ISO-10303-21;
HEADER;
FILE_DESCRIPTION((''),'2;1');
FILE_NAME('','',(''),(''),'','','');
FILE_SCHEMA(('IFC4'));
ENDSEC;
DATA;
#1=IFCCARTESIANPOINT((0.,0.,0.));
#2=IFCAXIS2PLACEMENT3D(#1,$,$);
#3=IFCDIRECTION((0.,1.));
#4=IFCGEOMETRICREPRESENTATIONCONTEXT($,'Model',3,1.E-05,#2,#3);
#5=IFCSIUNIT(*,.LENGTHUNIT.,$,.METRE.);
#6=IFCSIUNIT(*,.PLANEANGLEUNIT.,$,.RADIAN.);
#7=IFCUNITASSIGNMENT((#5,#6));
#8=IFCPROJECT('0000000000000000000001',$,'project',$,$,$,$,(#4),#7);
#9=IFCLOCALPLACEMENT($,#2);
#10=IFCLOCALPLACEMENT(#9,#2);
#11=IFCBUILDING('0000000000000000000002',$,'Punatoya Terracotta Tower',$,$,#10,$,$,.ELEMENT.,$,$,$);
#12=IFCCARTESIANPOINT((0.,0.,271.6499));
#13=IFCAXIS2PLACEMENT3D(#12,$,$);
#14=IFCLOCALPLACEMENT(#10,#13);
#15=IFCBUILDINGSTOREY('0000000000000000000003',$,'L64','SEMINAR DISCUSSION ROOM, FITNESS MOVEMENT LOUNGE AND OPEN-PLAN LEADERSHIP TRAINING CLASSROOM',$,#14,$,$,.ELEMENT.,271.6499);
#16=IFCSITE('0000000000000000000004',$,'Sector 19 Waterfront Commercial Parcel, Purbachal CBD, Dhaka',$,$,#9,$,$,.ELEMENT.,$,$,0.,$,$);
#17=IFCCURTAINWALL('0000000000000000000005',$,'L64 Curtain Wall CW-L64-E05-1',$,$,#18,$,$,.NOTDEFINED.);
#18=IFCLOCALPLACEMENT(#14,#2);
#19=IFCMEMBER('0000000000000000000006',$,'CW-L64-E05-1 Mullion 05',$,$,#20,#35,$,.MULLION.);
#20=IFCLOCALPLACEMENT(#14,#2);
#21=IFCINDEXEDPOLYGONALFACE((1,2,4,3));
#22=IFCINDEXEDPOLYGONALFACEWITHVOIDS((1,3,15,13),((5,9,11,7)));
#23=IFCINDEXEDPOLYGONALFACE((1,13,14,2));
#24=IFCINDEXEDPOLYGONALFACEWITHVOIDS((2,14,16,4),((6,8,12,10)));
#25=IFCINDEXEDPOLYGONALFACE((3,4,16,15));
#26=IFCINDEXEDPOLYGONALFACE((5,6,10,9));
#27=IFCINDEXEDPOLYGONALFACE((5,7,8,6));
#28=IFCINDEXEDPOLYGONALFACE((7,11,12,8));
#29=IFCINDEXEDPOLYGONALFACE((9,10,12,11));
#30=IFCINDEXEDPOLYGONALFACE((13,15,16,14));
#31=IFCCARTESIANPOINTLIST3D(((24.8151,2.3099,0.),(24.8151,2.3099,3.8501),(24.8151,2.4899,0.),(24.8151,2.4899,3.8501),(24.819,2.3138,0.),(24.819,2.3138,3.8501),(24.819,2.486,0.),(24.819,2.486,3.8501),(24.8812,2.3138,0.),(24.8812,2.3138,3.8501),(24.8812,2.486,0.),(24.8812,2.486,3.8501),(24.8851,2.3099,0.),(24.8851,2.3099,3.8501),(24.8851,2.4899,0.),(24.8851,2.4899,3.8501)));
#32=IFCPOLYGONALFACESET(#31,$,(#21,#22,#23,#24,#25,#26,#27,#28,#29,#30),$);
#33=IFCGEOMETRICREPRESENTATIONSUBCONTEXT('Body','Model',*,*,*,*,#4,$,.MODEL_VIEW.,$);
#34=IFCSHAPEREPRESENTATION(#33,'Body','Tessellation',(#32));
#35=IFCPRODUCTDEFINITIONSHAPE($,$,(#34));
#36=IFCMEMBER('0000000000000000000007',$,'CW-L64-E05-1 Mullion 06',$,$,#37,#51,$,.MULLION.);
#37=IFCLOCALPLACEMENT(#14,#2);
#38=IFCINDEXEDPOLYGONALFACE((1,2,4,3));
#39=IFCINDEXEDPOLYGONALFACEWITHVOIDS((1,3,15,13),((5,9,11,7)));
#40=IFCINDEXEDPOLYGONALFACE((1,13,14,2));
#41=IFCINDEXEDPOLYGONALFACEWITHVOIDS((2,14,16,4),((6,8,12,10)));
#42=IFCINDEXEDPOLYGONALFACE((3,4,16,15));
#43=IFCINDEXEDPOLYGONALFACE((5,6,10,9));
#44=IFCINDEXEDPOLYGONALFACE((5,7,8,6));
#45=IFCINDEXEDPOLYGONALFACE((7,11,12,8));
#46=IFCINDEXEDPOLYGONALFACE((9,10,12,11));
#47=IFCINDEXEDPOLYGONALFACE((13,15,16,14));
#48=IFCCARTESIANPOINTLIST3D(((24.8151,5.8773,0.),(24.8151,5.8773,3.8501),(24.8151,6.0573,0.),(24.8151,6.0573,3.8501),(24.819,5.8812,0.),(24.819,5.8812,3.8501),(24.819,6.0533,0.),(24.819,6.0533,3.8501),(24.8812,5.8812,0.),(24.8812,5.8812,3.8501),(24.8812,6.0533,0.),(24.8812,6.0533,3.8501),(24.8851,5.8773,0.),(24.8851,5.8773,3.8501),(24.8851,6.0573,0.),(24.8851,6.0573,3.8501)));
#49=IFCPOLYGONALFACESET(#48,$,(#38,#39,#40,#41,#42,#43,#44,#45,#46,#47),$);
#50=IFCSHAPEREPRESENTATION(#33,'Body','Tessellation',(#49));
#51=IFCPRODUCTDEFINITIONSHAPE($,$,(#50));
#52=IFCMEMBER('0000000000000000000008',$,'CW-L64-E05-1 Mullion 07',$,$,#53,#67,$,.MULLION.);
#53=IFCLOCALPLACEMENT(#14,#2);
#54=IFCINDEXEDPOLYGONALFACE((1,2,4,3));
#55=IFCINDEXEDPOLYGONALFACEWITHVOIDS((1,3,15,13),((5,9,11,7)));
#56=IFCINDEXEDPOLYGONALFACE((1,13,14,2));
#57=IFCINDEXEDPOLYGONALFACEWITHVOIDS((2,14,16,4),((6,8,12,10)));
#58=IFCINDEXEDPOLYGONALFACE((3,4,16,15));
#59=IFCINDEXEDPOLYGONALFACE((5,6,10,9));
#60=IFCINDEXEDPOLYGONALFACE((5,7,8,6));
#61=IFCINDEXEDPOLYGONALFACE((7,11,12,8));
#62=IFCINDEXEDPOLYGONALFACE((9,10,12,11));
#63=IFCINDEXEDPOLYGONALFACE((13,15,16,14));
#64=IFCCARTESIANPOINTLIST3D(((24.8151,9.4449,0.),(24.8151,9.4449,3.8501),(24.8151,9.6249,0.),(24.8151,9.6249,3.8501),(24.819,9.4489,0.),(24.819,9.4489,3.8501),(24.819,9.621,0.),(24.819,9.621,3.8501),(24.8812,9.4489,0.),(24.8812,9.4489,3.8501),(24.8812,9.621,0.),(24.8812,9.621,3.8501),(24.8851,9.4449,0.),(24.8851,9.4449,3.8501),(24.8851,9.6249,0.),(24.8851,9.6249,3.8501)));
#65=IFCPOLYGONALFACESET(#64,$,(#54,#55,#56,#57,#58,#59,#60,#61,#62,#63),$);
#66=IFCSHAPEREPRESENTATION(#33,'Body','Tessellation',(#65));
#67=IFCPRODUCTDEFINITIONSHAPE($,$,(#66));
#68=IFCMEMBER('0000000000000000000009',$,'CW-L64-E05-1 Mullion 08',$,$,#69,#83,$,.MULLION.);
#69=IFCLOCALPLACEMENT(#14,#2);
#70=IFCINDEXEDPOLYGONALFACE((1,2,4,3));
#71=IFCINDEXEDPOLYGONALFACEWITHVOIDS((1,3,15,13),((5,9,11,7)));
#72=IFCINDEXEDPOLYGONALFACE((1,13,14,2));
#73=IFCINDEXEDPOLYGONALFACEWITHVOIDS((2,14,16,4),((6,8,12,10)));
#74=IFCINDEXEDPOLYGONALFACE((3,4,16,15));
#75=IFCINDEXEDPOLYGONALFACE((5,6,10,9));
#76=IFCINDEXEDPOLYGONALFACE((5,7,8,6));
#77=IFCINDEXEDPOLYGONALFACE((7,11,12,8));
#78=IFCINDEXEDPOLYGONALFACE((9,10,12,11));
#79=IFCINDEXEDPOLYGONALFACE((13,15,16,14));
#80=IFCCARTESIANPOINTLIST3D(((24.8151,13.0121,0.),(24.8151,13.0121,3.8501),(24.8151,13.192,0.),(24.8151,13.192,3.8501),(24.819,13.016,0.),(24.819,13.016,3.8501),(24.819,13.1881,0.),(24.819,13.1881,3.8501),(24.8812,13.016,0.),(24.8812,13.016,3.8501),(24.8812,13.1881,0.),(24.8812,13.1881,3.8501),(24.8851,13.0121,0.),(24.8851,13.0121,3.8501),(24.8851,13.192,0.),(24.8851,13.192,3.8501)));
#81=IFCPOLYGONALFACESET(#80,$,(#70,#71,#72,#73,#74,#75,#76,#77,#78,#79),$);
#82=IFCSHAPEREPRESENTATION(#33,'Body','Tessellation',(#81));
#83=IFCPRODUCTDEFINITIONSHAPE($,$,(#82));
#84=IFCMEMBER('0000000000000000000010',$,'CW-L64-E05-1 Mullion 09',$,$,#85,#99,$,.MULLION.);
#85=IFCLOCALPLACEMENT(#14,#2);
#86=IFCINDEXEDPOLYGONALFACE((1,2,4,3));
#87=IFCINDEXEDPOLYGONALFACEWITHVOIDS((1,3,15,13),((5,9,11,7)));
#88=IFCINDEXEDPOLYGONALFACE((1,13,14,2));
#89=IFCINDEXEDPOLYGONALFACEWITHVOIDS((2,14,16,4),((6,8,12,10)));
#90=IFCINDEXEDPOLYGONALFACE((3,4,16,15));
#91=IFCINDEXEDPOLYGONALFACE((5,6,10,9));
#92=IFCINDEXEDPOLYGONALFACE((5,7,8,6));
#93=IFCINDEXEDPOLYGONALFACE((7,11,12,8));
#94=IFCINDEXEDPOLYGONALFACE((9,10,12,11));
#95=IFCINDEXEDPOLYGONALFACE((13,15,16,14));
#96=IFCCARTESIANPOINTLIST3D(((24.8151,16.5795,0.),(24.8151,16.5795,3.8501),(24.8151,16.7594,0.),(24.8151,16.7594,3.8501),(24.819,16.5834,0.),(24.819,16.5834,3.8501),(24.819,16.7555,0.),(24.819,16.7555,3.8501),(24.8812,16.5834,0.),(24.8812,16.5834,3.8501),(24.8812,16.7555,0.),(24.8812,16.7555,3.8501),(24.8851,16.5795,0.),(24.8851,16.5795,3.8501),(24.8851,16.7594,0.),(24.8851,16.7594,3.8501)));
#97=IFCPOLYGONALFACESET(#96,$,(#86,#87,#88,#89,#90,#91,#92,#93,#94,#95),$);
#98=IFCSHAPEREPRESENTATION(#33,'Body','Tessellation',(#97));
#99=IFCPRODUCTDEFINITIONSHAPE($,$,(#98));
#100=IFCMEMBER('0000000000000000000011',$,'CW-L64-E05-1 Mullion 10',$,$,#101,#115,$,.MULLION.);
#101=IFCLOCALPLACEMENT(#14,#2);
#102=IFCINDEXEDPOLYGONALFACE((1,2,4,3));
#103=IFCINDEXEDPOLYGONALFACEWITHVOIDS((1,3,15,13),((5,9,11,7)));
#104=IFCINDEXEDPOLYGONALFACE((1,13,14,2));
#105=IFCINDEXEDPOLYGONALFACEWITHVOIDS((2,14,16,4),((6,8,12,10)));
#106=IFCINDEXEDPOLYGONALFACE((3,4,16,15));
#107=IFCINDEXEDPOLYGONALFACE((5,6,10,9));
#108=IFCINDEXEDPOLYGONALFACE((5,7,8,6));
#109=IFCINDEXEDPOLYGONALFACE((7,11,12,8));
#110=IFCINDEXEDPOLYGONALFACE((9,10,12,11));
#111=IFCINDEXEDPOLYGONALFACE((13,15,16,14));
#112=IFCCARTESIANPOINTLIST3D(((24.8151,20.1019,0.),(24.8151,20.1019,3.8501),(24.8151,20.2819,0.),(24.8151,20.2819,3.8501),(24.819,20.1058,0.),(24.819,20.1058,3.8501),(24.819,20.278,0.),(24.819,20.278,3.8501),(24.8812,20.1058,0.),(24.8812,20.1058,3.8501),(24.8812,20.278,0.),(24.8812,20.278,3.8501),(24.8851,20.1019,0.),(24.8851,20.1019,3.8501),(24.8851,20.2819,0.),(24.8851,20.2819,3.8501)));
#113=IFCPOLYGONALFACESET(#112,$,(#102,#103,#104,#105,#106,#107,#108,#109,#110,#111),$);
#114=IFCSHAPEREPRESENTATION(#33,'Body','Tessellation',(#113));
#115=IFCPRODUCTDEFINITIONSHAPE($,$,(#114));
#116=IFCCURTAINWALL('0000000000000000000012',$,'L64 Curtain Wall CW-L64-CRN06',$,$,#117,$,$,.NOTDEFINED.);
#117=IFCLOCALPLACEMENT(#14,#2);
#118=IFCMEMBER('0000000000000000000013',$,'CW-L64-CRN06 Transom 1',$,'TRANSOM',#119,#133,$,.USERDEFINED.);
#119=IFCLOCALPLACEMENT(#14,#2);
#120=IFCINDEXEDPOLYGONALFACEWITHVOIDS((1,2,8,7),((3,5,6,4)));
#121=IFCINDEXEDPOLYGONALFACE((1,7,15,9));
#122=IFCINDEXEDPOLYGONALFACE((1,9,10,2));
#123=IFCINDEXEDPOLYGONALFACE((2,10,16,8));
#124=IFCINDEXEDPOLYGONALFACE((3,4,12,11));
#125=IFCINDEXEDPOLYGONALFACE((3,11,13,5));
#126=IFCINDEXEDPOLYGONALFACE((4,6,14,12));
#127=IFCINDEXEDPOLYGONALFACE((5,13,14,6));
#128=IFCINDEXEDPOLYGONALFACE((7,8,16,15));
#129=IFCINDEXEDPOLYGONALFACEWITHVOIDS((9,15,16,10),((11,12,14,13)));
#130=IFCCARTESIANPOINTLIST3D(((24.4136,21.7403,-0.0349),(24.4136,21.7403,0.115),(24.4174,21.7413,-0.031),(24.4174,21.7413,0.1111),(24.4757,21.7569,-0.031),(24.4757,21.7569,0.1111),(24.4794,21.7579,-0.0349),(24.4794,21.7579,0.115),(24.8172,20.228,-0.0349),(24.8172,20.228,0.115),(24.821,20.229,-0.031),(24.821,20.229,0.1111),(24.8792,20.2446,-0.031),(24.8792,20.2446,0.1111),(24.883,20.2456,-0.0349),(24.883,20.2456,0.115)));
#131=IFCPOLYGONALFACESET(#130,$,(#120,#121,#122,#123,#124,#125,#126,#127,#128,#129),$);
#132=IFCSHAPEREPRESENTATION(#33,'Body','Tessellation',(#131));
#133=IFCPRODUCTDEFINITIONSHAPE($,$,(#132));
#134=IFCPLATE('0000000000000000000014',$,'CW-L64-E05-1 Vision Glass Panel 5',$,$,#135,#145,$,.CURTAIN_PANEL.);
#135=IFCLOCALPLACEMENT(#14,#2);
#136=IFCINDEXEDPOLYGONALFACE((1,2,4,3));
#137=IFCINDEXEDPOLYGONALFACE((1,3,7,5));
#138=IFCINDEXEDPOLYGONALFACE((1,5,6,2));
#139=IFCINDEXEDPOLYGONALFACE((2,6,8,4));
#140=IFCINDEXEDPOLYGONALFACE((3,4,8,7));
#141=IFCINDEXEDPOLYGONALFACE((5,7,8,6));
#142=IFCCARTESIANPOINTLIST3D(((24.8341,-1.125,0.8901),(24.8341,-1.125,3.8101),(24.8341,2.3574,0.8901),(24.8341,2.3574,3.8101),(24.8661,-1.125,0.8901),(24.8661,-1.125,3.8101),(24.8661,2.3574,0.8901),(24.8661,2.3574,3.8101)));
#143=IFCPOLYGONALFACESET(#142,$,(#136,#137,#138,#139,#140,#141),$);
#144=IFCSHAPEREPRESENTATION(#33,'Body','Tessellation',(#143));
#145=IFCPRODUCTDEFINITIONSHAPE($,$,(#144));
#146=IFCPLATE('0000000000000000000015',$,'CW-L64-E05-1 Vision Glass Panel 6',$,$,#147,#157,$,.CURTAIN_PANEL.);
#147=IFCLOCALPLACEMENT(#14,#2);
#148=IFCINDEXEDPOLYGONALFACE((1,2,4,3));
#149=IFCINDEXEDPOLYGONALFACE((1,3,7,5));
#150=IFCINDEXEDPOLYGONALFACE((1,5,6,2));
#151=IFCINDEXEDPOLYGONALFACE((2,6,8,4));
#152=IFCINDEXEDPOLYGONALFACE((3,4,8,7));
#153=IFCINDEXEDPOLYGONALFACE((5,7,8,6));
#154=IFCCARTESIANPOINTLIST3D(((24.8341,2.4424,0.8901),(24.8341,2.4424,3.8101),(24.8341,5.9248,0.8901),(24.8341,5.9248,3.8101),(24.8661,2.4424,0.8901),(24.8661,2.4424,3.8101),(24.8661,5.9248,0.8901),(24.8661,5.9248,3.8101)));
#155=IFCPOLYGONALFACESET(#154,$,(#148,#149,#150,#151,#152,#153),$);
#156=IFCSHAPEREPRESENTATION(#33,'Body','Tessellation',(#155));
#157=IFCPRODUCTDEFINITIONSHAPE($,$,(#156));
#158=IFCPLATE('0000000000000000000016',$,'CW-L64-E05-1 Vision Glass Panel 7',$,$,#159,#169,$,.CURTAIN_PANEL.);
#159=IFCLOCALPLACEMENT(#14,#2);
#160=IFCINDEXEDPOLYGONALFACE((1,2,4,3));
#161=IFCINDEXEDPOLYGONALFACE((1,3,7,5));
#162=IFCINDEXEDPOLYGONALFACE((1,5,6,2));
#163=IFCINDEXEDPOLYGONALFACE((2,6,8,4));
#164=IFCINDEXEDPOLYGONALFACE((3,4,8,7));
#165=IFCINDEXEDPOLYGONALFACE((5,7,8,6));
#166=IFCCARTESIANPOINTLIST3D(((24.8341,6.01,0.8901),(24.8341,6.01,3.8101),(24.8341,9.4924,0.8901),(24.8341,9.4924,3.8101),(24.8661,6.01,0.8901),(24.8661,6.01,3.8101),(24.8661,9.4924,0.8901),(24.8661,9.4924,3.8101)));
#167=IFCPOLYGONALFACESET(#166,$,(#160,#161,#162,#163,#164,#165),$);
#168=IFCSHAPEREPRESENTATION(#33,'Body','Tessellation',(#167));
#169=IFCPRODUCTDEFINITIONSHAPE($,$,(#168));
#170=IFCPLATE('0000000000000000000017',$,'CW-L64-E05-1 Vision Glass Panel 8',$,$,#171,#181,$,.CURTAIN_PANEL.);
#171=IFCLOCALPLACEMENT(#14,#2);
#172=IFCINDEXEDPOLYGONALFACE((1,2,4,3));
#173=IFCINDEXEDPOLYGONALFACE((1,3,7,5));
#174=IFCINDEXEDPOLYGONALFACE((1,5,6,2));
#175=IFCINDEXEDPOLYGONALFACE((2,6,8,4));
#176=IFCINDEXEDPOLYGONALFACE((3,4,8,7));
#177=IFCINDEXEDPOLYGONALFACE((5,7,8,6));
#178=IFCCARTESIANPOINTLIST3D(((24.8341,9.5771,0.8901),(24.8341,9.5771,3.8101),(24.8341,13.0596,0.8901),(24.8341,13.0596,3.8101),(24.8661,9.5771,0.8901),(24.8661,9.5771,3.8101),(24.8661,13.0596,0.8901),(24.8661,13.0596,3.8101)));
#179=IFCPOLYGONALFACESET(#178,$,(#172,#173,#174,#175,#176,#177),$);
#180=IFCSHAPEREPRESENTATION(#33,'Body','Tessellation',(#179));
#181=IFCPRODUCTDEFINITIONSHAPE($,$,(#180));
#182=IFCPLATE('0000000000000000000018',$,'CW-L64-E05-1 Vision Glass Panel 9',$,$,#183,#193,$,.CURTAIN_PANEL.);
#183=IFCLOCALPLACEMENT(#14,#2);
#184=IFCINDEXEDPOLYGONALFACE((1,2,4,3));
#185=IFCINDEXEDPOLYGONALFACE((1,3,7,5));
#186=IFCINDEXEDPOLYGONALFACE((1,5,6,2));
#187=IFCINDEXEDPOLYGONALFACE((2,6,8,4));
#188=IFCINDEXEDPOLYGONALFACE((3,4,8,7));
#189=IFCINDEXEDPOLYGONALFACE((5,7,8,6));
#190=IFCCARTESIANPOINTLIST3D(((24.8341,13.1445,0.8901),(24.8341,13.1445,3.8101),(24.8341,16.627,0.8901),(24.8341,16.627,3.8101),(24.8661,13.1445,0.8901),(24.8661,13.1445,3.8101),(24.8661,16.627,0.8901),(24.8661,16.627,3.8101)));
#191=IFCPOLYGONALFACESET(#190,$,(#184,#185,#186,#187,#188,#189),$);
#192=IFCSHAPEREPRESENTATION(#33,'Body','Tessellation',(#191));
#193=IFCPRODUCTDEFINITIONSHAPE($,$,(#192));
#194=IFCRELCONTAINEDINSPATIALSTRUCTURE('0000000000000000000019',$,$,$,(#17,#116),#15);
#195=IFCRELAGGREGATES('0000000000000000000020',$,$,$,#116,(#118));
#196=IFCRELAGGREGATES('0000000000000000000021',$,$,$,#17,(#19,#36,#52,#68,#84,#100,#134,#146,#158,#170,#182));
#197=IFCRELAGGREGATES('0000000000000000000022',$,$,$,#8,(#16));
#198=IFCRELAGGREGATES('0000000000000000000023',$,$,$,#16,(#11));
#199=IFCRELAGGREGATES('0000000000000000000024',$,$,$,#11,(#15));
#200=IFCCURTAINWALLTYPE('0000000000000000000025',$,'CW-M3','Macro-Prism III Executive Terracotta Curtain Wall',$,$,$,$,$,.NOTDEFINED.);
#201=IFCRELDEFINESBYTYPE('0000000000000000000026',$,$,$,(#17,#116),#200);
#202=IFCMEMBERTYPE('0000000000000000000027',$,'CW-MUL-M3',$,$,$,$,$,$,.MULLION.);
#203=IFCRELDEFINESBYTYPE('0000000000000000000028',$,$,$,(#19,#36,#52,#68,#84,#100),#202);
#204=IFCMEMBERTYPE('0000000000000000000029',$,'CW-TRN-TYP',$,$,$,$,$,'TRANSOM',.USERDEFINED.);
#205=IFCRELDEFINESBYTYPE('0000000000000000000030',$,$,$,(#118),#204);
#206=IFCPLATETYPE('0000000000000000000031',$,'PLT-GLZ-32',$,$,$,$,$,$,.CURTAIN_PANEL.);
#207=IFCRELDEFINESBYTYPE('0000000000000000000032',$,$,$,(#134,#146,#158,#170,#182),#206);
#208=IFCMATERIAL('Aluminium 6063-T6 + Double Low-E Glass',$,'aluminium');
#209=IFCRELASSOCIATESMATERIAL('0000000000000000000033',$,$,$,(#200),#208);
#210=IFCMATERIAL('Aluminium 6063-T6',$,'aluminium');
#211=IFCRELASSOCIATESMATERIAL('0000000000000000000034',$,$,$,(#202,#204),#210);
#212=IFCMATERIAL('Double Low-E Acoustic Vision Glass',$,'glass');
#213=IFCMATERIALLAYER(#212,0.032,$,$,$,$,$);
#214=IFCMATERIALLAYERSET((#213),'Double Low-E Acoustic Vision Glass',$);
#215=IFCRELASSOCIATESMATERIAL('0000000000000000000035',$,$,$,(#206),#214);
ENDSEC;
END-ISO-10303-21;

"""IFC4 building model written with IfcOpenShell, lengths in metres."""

from ifc_helpers import new_model, si_unit, direction, frame, origin, origin_2d, place, context, subcontext, project, spatial, rectangle, hollow_rectangle, extrude, material, layer, layer_set, material_profile, profile_set, type_object, element, aggregate, save


model = new_model("IFC4")

# Units and contexts
model_context = context("Model", 3, precision=1e-05, world=origin(), true_north=direction((0.0, 1.0)))
body_context = subcontext(model_context, "Body", "Model", "MODEL_VIEW")
ifc_project = project(units=[si_unit("LENGTHUNIT", "METRE"), si_unit("PLANEANGLEUNIT", "RADIAN")], contexts=[model_context])

# Site, building, storey
site_placement = place(None, origin())
site = spatial("IfcSite", under=ifc_project, at=site_placement, Name="Sector 19 Waterfront Commercial Parcel, Purbachal CBD, Dhaka", CompositionType="ELEMENT", RefElevation=0.0)
building_placement = place(site_placement, origin())
building = spatial("IfcBuilding", under=site, at=building_placement, Name="Punatoya Terracotta Tower", CompositionType="ELEMENT")
storey_placement = place(building_placement, frame((0.0, 0.0, 271.6499)))
storey = spatial("IfcBuildingStorey", under=building, at=storey_placement, Name="L64", Description="SEMINAR DISCUSSION ROOM, FITNESS MOVEMENT LOUNGE AND OPEN-PLAN LEADERSHIP TRAINING CLASSROOM", CompositionType="ELEMENT", Elevation=271.6499)

# Curtain wall, members
ifc_material_1 = material(Name="Aluminium 6063-T6 + Double Low-E Glass", Category="aluminium")
curtain_wall_type = type_object("IfcCurtainWallType", Name="CW-M3", Description="Macro-Prism III Executive Terracotta Curtain Wall", PredefinedType="NOTDEFINED", material=ifc_material_1)
curtain_wall_1_placement = place(storey_placement, origin())
curtain_wall_1 = element("IfcCurtainWall", 1, at=curtain_wall_1_placement, inside=storey, type_object=curtain_wall_type, Name="L64 Curtain Wall CW-L64-E05-1", PredefinedType="NOTDEFINED")
ifc_material_2 = material(Name="Aluminium 6063-T6", Category="aluminium")
ifc_material_profile_1 = material_profile(ifc_material_2, hollow_rectangle(XDim=0.0701, YDim=0.1799, WallThickness=0.0039, at=origin_2d()))
ifc_profile_set_1 = profile_set([ifc_material_profile_1], Name="Aluminium 6063-T6")
member_type_1 = type_object("IfcMemberType", Name="CW-MUL-M3", PredefinedType="MULLION", material=ifc_profile_set_1)
member_1_placement = place(storey_placement, frame((24.8501, 2.3999, 0.0), z_axis=(0.0, 0.0, 1.0), x_axis=(1.0, 0.0, 0.0)))
member_1 = element("IfcMember", 2, at=member_1_placement, type_object=member_type_1, Name="CW-L64-E05-1 Mullion 05", PredefinedType="MULLION", context=body_context, shape_type="SweptSolid", body=[
    extrude(hollow_rectangle(XDim=0.0701, YDim=0.1799, WallThickness=0.0039, at=origin_2d()), origin(), (0.0, 0.0, 1.0), 3.8501),
])
member_2_placement = place(storey_placement, frame((24.8501, 5.9673, 0.0), z_axis=(0.0, 0.0, 1.0), x_axis=(1.0, 0.0, 0.0)))
member_2 = element("IfcMember", 3, at=member_2_placement, type_object=member_type_1, Name="CW-L64-E05-1 Mullion 06", PredefinedType="MULLION", context=body_context, shape_type="SweptSolid", body=[
    extrude(hollow_rectangle(XDim=0.0701, YDim=0.1799, WallThickness=0.0039, at=origin_2d()), origin(), (0.0, 0.0, 1.0), 3.8501),
])
member_3_placement = place(storey_placement, frame((24.8501, 9.5349, 0.0), z_axis=(0.0, 0.0, 1.0), x_axis=(1.0, 0.0, 0.0)))
member_3 = element("IfcMember", 4, at=member_3_placement, type_object=member_type_1, Name="CW-L64-E05-1 Mullion 07", PredefinedType="MULLION", context=body_context, shape_type="SweptSolid", body=[
    extrude(hollow_rectangle(XDim=0.0701, YDim=0.1799, WallThickness=0.0039, at=origin_2d()), origin(), (0.0, 0.0, 1.0), 3.8501),
])
member_4_placement = place(storey_placement, frame((24.8501, 13.1021, 0.0), z_axis=(0.0, 0.0, 1.0), x_axis=(1.0, 0.0, 0.0)))
member_4 = element("IfcMember", 5, at=member_4_placement, type_object=member_type_1, Name="CW-L64-E05-1 Mullion 08", PredefinedType="MULLION", context=body_context, shape_type="SweptSolid", body=[
    extrude(hollow_rectangle(XDim=0.0701, YDim=0.1799, WallThickness=0.0039, at=origin_2d()), origin(), (0.0, 0.0, 1.0), 3.8501),
])
member_5_placement = place(storey_placement, frame((24.8501, 16.6694, 0.0), z_axis=(0.0, 0.0, 1.0), x_axis=(1.0, 0.0, 0.0)))
member_5 = element("IfcMember", 6, at=member_5_placement, type_object=member_type_1, Name="CW-L64-E05-1 Mullion 09", PredefinedType="MULLION", context=body_context, shape_type="SweptSolid", body=[
    extrude(hollow_rectangle(XDim=0.0701, YDim=0.1799, WallThickness=0.0039, at=origin_2d()), origin(), (0.0, 0.0, 1.0), 3.8501),
])
member_6_placement = place(storey_placement, frame((24.8501, 20.1919, 0.0), z_axis=(0.0, 0.0, 1.0), x_axis=(1.0, 0.0, 0.0)))
member_6 = element("IfcMember", 7, at=member_6_placement, type_object=member_type_1, Name="CW-L64-E05-1 Mullion 10", PredefinedType="MULLION", context=body_context, shape_type="SweptSolid", body=[
    extrude(hollow_rectangle(XDim=0.0701, YDim=0.1799, WallThickness=0.0039, at=origin_2d()), origin(), (0.0, 0.0, 1.0), 3.8501),
])

# Curtain wall, member
curtain_wall_2_placement = place(storey_placement, origin())
curtain_wall_2 = element("IfcCurtainWall", 8, at=curtain_wall_2_placement, inside=storey, type_object=curtain_wall_type, Name="L64 Curtain Wall CW-L64-CRN06", PredefinedType="NOTDEFINED")
ifc_material_profile_2 = material_profile(ifc_material_2, hollow_rectangle(XDim=0.0681, YDim=0.1499, WallThickness=0.0039, at=origin_2d()))
ifc_profile_set_2 = profile_set([ifc_material_profile_2], Name="Aluminium 6063-T6")
member_type_2 = type_object("IfcMemberType", Name="CW-TRN-TYP", ElementType="TRANSOM", PredefinedType="USERDEFINED", material=ifc_profile_set_2)
member_7_placement = place(storey_placement, frame((24.8501, 20.2368, 0.04), z_axis=(-0.257847, 0.966186, 0.0), x_axis=(-0.966186, -0.257847, 0.0)))
member_7 = element("IfcMember", 9, at=member_7_placement, type_object=member_type_2, Name="CW-L64-CRN06 Transom 1", ObjectType="TRANSOM", PredefinedType="USERDEFINED", context=body_context, shape_type="SweptSolid", body=[
    extrude(hollow_rectangle(XDim=0.0681, YDim=0.1499, WallThickness=0.0039, at=origin_2d()), origin(), (0.0, 0.0, 1.0), 1.5652),
])
aggregate(curtain_wall_2, [member_7])

# Plates
ifc_material_3 = material(Name="Double Low-E Acoustic Vision Glass", Category="glass")
ifc_layer_1 = layer(ifc_material_3, 0.032)
ifc_layer_set_1 = layer_set([ifc_layer_1], Name="Double Low-E Acoustic Vision Glass")
plate_type_1 = type_object("IfcPlateType", Name="PLT-GLZ-32", PredefinedType="CURTAIN_PANEL", material=ifc_layer_set_1)
plate_1_placement = place(storey_placement, frame((24.8501, 0.6162, 0.8901), z_axis=(0.0, 0.0, 1.0), x_axis=(0.0, 1.0, 0.0)))
plate_1 = element("IfcPlate", 10, at=plate_1_placement, type_object=plate_type_1, Name="CW-L64-E05-1 Vision Glass Panel 5", PredefinedType="CURTAIN_PANEL", context=body_context, shape_type="SweptSolid", body=[
    extrude(rectangle(XDim=3.4824, YDim=0.032, at=origin_2d()), origin(), (0.0, 0.0, 1.0), 2.9199),
])
plate_2_placement = place(storey_placement, frame((24.8501, 4.1836, 0.8901), z_axis=(0.0, 0.0, 1.0), x_axis=(0.0, 1.0, 0.0)))
plate_2 = element("IfcPlate", 11, at=plate_2_placement, type_object=plate_type_1, Name="CW-L64-E05-1 Vision Glass Panel 6", PredefinedType="CURTAIN_PANEL", context=body_context, shape_type="SweptSolid", body=[
    extrude(rectangle(XDim=3.4824, YDim=0.032, at=origin_2d()), origin(), (0.0, 0.0, 1.0), 2.9199),
])
plate_3_placement = place(storey_placement, frame((24.8501, 7.7512, 0.8901), z_axis=(0.0, 0.0, 1.0), x_axis=(0.0, 1.0, 0.0)))
plate_3 = element("IfcPlate", 12, at=plate_3_placement, type_object=plate_type_1, Name="CW-L64-E05-1 Vision Glass Panel 7", PredefinedType="CURTAIN_PANEL", context=body_context, shape_type="SweptSolid", body=[
    extrude(rectangle(XDim=3.4824, YDim=0.032, at=origin_2d()), origin(), (0.0, 0.0, 1.0), 2.9199),
])
plate_4_placement = place(storey_placement, frame((24.8501, 11.3184, 0.8901), z_axis=(0.0, 0.0, 1.0), x_axis=(0.0, 1.0, 0.0)))
plate_4 = element("IfcPlate", 13, at=plate_4_placement, type_object=plate_type_1, Name="CW-L64-E05-1 Vision Glass Panel 8", PredefinedType="CURTAIN_PANEL", context=body_context, shape_type="SweptSolid", body=[
    extrude(rectangle(XDim=3.4824, YDim=0.032, at=origin_2d()), origin(), (0.0, 0.0, 1.0), 2.9199),
])
plate_5_placement = place(storey_placement, frame((24.8501, 14.8857, 0.8901), z_axis=(0.0, 0.0, 1.0), x_axis=(0.0, 1.0, 0.0)))
plate_5 = element("IfcPlate", 14, at=plate_5_placement, type_object=plate_type_1, Name="CW-L64-E05-1 Vision Glass Panel 9", PredefinedType="CURTAIN_PANEL", context=body_context, shape_type="SweptSolid", body=[
    extrude(rectangle(XDim=3.4824, YDim=0.032, at=origin_2d()), origin(), (0.0, 0.0, 1.0), 2.9199),
])
aggregate(curtain_wall_1, [member_1, member_2, member_3, member_4, member_5, member_6, plate_1, plate_2, plate_3, plate_4, plate_5])

save(model, "model.ifc")
